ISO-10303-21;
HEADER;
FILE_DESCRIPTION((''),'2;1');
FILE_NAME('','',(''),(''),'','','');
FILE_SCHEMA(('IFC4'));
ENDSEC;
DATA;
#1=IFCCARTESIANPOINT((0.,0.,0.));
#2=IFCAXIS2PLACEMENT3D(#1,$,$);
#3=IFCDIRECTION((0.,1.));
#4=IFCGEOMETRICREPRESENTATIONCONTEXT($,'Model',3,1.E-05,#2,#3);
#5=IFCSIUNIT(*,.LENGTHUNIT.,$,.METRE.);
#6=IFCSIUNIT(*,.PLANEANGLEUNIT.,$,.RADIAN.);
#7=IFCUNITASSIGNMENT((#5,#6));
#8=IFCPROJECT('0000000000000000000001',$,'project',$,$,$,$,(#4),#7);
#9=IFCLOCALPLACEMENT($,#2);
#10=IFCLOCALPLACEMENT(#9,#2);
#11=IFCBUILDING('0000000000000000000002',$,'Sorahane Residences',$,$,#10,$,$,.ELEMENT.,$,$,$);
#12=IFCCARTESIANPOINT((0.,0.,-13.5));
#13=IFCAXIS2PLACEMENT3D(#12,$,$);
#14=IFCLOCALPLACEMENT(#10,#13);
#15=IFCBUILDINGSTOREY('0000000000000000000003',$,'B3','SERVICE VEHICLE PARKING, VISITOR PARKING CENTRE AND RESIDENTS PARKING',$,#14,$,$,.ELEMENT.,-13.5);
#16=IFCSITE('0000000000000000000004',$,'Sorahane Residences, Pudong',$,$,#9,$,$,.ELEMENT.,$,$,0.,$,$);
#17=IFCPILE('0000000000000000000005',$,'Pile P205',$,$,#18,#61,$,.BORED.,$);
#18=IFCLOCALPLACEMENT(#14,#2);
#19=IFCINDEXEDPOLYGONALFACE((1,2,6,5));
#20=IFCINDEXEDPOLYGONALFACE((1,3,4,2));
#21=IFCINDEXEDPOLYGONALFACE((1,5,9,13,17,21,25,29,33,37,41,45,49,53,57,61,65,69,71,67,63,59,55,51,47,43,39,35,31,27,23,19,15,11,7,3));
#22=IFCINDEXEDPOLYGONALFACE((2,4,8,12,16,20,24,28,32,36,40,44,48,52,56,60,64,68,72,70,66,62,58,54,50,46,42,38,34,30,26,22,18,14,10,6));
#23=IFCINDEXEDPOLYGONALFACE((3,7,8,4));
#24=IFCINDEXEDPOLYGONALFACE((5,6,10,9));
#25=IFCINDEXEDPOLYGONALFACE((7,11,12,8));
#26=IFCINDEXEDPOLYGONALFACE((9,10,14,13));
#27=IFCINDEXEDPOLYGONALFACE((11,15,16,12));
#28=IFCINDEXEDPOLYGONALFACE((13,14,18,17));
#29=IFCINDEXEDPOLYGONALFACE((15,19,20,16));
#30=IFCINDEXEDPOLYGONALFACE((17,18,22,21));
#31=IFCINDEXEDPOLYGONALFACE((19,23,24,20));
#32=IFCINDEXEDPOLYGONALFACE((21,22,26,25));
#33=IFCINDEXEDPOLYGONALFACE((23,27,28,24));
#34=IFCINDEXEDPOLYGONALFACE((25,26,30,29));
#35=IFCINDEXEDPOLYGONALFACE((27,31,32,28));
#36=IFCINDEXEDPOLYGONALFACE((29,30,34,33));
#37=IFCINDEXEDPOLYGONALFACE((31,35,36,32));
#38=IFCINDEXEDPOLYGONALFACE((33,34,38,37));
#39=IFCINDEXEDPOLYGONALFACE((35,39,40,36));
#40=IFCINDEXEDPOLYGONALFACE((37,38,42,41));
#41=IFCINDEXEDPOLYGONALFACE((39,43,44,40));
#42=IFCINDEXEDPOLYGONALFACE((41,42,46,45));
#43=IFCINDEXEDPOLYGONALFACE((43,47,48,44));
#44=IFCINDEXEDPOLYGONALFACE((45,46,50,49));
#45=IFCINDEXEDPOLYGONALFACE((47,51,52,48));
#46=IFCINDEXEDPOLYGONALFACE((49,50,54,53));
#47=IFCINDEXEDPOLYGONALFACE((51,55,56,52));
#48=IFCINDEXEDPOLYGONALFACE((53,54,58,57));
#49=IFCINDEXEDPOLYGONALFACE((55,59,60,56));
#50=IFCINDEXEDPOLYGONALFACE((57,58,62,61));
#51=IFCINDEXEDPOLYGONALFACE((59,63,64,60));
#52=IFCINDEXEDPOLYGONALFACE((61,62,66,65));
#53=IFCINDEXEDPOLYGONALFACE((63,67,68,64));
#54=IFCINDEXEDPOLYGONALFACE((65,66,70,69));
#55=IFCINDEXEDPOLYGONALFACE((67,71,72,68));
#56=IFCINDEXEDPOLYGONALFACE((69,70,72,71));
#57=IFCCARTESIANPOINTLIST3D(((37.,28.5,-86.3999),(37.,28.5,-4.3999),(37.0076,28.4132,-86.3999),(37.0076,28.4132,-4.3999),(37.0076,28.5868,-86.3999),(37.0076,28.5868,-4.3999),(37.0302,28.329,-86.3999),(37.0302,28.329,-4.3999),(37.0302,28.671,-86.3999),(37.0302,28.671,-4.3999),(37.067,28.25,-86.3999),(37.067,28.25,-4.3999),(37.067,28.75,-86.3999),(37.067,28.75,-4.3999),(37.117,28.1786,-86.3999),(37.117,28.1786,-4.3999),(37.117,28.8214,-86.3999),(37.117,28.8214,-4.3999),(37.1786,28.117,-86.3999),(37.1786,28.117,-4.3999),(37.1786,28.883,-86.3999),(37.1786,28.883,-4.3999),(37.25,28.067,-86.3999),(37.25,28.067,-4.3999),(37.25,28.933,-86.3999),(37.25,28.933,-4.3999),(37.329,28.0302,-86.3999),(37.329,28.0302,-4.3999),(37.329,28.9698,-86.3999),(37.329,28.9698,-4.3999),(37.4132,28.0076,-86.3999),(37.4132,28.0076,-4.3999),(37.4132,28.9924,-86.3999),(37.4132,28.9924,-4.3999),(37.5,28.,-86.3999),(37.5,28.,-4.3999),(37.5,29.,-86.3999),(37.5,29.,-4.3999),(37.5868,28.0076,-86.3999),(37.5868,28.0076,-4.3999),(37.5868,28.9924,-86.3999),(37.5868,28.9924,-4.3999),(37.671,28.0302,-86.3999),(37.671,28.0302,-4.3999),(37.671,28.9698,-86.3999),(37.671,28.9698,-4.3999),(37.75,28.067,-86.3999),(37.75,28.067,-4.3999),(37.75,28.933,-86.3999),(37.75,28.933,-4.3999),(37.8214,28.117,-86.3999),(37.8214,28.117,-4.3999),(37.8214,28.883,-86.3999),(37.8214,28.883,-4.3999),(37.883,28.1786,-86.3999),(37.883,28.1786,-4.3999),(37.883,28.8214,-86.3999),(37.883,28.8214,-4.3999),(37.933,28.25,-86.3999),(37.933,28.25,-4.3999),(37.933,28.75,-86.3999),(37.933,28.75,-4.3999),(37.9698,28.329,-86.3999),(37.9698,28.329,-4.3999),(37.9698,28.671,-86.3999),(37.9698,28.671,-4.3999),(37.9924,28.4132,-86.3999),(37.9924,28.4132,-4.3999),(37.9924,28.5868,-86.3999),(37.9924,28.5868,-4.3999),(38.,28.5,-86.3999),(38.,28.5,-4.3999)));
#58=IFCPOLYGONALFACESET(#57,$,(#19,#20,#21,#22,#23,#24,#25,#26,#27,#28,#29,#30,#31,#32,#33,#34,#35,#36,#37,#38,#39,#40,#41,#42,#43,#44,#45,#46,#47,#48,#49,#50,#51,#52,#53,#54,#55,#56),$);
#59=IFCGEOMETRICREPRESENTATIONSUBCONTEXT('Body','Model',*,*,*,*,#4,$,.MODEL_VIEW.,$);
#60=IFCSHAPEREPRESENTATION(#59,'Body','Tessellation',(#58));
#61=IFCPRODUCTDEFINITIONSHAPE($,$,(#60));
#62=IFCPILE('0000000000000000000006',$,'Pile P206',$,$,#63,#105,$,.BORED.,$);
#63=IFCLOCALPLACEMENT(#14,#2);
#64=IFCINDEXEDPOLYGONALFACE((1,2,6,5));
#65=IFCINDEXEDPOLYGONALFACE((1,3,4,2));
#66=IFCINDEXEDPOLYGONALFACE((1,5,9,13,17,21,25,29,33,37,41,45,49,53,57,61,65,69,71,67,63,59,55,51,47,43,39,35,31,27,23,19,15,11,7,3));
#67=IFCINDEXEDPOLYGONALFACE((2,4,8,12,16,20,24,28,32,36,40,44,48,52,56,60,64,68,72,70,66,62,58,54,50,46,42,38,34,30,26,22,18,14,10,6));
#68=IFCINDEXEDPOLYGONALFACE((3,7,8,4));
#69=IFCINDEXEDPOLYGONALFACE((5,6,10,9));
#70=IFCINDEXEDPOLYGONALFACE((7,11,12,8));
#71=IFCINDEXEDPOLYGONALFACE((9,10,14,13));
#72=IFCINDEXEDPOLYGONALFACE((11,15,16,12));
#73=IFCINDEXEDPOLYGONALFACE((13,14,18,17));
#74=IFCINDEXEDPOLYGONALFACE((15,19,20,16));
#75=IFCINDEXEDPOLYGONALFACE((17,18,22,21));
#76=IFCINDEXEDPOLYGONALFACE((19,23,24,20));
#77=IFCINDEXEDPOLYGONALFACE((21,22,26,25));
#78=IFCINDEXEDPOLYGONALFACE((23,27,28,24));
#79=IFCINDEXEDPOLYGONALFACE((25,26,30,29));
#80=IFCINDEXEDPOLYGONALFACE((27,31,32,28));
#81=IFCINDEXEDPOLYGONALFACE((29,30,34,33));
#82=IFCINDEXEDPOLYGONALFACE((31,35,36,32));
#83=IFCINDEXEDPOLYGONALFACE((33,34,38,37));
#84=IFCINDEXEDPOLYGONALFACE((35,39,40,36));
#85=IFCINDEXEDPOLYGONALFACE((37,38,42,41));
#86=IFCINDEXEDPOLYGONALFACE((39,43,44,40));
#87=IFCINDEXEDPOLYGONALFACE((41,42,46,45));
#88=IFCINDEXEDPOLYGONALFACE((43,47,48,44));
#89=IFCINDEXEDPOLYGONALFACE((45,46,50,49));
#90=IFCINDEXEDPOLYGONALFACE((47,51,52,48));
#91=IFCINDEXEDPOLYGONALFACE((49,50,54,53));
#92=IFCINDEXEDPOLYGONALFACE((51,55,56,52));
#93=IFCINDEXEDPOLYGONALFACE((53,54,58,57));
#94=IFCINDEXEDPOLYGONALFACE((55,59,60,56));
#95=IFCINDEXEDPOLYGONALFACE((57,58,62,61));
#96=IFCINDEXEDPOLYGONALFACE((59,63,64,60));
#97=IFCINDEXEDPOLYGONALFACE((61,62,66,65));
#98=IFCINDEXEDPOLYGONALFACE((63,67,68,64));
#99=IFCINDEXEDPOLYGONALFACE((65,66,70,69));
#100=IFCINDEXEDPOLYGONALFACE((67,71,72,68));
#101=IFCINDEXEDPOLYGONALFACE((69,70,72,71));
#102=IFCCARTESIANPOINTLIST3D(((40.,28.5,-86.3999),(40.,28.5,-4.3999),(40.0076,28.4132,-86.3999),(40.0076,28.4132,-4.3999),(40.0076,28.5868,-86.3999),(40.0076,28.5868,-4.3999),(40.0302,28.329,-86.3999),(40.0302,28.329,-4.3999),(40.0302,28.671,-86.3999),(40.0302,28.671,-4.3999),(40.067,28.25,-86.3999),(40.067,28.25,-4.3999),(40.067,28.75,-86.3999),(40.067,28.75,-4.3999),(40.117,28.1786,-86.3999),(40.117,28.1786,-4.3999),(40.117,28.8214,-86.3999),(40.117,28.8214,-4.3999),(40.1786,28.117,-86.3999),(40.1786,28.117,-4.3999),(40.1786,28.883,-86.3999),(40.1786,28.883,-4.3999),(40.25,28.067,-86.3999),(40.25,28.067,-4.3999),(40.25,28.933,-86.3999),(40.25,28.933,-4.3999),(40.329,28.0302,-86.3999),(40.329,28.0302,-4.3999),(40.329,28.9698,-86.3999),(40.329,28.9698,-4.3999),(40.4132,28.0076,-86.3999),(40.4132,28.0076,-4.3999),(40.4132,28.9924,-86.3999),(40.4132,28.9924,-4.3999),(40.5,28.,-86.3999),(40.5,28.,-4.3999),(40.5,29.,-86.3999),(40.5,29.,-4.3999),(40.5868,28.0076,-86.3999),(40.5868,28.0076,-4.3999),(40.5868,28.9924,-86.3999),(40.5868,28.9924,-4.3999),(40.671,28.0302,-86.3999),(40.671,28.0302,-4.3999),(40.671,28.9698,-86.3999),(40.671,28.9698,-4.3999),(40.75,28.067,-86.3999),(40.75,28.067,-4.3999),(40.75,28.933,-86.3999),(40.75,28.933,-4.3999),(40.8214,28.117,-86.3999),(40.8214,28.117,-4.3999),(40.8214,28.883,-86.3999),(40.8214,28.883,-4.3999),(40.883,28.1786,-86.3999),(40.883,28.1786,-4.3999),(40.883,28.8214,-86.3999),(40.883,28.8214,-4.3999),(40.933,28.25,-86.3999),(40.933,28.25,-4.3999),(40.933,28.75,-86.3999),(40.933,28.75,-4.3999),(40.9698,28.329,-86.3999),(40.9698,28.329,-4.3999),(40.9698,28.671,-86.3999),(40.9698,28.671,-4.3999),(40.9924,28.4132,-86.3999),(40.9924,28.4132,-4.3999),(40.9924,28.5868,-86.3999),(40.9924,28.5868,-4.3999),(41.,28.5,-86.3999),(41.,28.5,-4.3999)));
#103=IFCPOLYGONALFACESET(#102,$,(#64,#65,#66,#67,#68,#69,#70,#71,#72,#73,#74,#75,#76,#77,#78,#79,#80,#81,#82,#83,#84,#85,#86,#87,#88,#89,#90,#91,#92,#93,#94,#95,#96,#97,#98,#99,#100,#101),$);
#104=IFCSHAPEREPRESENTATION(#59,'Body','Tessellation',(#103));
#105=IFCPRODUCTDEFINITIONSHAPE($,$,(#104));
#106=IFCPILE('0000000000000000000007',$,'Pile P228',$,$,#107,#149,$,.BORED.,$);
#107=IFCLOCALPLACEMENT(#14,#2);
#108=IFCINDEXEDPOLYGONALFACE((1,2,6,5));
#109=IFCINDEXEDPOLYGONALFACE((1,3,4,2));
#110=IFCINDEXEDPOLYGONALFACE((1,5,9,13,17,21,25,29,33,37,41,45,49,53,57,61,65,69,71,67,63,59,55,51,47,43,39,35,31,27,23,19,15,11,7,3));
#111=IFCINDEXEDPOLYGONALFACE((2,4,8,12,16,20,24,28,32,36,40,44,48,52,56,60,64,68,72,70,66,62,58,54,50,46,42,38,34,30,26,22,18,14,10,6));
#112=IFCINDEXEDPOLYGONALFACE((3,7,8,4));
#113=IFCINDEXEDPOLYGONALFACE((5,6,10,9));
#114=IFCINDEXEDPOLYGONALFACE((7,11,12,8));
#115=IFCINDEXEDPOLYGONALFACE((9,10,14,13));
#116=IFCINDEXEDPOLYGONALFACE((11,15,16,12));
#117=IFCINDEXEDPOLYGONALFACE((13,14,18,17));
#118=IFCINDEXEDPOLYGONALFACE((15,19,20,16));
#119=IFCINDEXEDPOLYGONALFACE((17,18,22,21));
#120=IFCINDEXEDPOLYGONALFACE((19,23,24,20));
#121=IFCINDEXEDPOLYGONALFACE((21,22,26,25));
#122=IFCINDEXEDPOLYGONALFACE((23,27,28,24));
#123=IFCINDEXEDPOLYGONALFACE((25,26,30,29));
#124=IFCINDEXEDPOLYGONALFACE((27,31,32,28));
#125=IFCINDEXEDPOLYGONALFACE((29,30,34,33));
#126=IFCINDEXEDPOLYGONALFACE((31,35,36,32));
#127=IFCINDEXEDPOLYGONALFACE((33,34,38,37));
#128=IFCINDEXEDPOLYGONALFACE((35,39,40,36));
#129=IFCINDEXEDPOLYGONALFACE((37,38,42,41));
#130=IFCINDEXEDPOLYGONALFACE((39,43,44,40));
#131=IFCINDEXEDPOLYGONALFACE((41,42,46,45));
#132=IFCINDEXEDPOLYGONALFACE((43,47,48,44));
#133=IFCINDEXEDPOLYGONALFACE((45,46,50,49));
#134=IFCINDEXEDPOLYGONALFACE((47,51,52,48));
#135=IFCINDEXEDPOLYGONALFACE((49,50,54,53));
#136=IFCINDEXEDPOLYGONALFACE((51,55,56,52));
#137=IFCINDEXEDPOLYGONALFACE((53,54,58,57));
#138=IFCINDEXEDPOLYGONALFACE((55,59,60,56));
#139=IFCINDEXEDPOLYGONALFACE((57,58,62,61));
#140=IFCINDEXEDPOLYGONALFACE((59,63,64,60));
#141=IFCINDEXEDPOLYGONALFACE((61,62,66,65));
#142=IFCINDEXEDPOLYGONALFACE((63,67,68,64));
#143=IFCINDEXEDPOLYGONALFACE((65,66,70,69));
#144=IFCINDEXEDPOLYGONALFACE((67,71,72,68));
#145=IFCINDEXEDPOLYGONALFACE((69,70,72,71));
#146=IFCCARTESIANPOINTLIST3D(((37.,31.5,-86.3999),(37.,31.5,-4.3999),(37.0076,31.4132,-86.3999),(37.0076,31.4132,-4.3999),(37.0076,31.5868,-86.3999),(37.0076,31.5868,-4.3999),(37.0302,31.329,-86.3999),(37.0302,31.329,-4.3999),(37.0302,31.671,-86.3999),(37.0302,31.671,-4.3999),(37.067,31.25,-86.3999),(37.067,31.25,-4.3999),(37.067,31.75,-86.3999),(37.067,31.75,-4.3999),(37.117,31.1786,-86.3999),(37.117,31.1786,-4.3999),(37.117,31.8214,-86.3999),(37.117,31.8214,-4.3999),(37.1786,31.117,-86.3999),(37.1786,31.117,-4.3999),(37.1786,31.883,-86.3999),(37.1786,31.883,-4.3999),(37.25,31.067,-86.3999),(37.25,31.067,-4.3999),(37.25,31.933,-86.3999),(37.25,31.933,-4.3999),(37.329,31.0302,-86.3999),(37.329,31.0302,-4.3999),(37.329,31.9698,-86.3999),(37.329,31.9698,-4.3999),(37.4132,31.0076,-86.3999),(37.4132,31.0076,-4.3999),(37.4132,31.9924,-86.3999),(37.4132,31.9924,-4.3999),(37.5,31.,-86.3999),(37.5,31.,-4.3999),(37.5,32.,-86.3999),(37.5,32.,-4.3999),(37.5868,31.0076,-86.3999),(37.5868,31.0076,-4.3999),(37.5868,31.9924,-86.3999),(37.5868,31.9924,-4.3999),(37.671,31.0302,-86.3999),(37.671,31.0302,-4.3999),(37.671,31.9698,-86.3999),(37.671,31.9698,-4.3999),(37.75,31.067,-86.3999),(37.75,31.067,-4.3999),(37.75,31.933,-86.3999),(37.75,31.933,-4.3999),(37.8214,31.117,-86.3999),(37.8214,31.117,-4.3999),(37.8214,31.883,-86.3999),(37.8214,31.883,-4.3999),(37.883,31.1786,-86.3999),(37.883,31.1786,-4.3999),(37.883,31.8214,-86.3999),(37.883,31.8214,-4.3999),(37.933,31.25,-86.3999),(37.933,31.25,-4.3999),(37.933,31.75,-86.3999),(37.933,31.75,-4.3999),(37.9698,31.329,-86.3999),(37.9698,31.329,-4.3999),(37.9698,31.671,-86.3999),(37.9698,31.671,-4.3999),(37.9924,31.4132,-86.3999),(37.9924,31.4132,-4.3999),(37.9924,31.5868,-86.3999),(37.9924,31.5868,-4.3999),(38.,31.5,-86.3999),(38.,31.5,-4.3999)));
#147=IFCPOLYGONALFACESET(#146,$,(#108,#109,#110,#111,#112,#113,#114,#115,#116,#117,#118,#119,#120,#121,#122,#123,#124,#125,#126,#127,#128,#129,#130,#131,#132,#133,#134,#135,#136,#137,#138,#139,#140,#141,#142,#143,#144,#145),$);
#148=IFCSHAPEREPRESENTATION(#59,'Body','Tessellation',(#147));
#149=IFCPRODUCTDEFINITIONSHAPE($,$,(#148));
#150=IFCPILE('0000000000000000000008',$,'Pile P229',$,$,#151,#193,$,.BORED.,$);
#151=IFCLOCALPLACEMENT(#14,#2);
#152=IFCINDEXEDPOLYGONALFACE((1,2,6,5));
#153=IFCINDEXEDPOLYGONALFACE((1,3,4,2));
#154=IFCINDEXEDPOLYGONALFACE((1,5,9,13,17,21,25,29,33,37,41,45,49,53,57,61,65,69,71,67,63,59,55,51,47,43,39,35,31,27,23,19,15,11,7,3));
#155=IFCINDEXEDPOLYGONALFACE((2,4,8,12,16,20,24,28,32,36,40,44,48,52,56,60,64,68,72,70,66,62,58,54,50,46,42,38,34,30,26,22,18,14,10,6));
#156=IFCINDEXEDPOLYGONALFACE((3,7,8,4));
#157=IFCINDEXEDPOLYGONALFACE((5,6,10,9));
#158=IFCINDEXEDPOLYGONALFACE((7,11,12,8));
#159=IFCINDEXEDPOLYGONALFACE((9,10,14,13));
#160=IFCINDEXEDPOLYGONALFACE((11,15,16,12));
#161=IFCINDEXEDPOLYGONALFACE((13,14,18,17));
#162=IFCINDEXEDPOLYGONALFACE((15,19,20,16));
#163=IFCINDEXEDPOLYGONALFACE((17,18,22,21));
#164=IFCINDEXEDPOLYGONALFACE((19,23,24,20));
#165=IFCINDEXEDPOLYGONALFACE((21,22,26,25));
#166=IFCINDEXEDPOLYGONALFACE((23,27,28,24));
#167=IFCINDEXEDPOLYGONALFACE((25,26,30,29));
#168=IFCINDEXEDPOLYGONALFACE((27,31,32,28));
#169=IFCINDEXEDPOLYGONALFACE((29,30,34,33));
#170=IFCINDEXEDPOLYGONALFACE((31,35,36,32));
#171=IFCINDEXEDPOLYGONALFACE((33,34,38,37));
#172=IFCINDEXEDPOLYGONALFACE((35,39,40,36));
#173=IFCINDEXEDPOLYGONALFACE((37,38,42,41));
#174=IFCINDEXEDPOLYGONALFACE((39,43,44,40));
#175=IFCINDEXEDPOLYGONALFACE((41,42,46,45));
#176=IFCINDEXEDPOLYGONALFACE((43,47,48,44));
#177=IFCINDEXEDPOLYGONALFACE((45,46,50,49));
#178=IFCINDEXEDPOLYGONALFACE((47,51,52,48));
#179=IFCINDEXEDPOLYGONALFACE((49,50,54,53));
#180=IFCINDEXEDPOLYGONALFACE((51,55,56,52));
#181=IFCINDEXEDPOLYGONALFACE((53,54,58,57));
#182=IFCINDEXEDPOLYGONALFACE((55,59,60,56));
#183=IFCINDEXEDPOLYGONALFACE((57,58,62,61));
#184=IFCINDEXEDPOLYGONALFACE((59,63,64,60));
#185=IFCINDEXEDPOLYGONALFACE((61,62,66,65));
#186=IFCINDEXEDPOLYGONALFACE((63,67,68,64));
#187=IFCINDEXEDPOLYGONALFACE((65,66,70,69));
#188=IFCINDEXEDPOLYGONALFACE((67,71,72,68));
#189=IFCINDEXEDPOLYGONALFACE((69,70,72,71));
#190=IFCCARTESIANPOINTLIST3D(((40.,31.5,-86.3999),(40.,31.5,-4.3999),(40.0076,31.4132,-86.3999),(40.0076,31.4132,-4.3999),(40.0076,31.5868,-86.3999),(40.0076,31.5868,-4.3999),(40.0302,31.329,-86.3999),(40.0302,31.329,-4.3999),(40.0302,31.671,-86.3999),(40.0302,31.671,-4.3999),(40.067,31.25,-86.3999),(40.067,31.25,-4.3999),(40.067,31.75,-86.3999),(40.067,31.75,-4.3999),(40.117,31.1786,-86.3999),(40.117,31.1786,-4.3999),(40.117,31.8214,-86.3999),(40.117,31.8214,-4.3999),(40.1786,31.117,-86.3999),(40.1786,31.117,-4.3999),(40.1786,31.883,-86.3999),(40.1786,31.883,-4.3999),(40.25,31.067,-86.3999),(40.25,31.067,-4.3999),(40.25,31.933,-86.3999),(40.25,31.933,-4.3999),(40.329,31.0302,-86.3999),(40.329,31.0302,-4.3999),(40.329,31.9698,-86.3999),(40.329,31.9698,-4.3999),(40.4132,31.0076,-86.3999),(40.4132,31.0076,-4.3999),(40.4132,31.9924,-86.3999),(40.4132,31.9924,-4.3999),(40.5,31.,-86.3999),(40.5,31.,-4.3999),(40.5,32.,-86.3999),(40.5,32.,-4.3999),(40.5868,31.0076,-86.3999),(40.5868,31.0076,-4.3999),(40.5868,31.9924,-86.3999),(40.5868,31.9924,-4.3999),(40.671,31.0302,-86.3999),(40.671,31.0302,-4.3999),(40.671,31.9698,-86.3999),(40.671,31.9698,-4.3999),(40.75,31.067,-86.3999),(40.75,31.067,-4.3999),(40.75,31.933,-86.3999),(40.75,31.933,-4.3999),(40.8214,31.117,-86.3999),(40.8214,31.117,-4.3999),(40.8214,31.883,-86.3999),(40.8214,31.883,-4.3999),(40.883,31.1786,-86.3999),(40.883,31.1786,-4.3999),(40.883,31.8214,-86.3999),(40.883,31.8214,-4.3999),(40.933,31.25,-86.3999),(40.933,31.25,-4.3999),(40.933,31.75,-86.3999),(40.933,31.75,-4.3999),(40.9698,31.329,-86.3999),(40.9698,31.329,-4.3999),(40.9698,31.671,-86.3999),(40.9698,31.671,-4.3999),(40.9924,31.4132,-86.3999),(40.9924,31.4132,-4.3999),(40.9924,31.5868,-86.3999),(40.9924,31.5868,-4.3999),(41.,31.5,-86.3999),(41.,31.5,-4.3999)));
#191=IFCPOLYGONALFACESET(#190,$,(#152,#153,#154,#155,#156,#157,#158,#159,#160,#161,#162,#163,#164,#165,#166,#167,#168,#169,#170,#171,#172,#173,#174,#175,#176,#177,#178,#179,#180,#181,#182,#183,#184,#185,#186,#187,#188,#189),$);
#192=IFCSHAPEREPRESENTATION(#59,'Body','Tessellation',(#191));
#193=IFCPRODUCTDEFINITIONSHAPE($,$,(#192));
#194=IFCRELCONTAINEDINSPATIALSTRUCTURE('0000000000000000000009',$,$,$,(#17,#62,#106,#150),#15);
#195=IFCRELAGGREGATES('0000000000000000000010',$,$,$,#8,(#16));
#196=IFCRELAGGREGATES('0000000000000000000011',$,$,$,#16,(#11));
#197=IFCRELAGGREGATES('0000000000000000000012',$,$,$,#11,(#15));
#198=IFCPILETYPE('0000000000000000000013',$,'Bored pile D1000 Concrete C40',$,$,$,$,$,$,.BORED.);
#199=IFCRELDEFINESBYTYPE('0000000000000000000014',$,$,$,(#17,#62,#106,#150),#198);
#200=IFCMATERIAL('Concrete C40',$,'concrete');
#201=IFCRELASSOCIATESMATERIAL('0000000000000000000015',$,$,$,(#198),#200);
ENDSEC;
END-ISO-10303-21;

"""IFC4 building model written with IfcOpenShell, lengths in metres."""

from ifc_helpers import new_model, si_unit, direction, frame, origin, origin_2d, place, context, subcontext, project, spatial, circle, extrude, material, material_profile, profile_set, type_object, element, save


model = new_model("IFC4")

# Units and contexts
model_context = context("Model", 3, precision=1e-05, world=origin(), true_north=direction((0.0, 1.0)))
body_context = subcontext(model_context, "Body", "Model", "MODEL_VIEW")
ifc_project = project(units=[si_unit("LENGTHUNIT", "METRE"), si_unit("PLANEANGLEUNIT", "RADIAN")], contexts=[model_context])

# Site, building, storey
site_placement = place(None, origin())
site = spatial("IfcSite", under=ifc_project, at=site_placement, Name="Sorahane Residences, Pudong", CompositionType="ELEMENT", RefElevation=0.0)
building_placement = place(site_placement, origin())
building = spatial("IfcBuilding", under=site, at=building_placement, Name="Sorahane Residences", CompositionType="ELEMENT")
storey_placement = place(building_placement, frame((0.0, 0.0, -13.5)))
storey = spatial("IfcBuildingStorey", under=building, at=storey_placement, Name="B3", Description="SERVICE VEHICLE PARKING, VISITOR PARKING CENTRE AND RESIDENTS PARKING", CompositionType="ELEMENT", Elevation=-13.5)

# Piles
ifc_material_1 = material(Name="Concrete C40", Category="concrete")
ifc_material_profile_1 = material_profile(ifc_material_1, circle(Radius=0.5, at=origin_2d()), Name="D1000")
ifc_profile_set_1 = profile_set([ifc_material_profile_1], Name="Concrete C40")
pile_type = type_object("IfcPileType", Name="Bored pile D1000 Concrete C40", PredefinedType="BORED", material=ifc_profile_set_1)
for number, where, z_axis, x_axis, name in (
    (1, (37.5, 28.5, -4.3999), (0.0, 0.0, -1.0), (1.0, 0.0, 0.0), "Pile P205"),
    (2, (40.5, 28.5, -4.3999), (0.0, 0.0, -1.0), (1.0, 0.0, 0.0), "Pile P206"),
    (3, (37.5, 31.5, -4.3999), (0.0, 0.0, -1.0), (1.0, 0.0, 0.0), "Pile P228"),
    (4, (40.5, 31.5, -4.3999), (0.0, 0.0, -1.0), (1.0, 0.0, 0.0), "Pile P229"),
):
    element("IfcPile", number, at=place(storey_placement, frame(where, z_axis=z_axis, x_axis=x_axis)), inside=storey, type_object=pile_type, Name=name, PredefinedType="BORED", context=body_context, shape_type="SweptSolid", body=[
        extrude(circle(Radius=0.5, at=origin_2d()), origin(), (0.0, 0.0, 1.0), 82.0),
    ])

save(model, "model.ifc")
